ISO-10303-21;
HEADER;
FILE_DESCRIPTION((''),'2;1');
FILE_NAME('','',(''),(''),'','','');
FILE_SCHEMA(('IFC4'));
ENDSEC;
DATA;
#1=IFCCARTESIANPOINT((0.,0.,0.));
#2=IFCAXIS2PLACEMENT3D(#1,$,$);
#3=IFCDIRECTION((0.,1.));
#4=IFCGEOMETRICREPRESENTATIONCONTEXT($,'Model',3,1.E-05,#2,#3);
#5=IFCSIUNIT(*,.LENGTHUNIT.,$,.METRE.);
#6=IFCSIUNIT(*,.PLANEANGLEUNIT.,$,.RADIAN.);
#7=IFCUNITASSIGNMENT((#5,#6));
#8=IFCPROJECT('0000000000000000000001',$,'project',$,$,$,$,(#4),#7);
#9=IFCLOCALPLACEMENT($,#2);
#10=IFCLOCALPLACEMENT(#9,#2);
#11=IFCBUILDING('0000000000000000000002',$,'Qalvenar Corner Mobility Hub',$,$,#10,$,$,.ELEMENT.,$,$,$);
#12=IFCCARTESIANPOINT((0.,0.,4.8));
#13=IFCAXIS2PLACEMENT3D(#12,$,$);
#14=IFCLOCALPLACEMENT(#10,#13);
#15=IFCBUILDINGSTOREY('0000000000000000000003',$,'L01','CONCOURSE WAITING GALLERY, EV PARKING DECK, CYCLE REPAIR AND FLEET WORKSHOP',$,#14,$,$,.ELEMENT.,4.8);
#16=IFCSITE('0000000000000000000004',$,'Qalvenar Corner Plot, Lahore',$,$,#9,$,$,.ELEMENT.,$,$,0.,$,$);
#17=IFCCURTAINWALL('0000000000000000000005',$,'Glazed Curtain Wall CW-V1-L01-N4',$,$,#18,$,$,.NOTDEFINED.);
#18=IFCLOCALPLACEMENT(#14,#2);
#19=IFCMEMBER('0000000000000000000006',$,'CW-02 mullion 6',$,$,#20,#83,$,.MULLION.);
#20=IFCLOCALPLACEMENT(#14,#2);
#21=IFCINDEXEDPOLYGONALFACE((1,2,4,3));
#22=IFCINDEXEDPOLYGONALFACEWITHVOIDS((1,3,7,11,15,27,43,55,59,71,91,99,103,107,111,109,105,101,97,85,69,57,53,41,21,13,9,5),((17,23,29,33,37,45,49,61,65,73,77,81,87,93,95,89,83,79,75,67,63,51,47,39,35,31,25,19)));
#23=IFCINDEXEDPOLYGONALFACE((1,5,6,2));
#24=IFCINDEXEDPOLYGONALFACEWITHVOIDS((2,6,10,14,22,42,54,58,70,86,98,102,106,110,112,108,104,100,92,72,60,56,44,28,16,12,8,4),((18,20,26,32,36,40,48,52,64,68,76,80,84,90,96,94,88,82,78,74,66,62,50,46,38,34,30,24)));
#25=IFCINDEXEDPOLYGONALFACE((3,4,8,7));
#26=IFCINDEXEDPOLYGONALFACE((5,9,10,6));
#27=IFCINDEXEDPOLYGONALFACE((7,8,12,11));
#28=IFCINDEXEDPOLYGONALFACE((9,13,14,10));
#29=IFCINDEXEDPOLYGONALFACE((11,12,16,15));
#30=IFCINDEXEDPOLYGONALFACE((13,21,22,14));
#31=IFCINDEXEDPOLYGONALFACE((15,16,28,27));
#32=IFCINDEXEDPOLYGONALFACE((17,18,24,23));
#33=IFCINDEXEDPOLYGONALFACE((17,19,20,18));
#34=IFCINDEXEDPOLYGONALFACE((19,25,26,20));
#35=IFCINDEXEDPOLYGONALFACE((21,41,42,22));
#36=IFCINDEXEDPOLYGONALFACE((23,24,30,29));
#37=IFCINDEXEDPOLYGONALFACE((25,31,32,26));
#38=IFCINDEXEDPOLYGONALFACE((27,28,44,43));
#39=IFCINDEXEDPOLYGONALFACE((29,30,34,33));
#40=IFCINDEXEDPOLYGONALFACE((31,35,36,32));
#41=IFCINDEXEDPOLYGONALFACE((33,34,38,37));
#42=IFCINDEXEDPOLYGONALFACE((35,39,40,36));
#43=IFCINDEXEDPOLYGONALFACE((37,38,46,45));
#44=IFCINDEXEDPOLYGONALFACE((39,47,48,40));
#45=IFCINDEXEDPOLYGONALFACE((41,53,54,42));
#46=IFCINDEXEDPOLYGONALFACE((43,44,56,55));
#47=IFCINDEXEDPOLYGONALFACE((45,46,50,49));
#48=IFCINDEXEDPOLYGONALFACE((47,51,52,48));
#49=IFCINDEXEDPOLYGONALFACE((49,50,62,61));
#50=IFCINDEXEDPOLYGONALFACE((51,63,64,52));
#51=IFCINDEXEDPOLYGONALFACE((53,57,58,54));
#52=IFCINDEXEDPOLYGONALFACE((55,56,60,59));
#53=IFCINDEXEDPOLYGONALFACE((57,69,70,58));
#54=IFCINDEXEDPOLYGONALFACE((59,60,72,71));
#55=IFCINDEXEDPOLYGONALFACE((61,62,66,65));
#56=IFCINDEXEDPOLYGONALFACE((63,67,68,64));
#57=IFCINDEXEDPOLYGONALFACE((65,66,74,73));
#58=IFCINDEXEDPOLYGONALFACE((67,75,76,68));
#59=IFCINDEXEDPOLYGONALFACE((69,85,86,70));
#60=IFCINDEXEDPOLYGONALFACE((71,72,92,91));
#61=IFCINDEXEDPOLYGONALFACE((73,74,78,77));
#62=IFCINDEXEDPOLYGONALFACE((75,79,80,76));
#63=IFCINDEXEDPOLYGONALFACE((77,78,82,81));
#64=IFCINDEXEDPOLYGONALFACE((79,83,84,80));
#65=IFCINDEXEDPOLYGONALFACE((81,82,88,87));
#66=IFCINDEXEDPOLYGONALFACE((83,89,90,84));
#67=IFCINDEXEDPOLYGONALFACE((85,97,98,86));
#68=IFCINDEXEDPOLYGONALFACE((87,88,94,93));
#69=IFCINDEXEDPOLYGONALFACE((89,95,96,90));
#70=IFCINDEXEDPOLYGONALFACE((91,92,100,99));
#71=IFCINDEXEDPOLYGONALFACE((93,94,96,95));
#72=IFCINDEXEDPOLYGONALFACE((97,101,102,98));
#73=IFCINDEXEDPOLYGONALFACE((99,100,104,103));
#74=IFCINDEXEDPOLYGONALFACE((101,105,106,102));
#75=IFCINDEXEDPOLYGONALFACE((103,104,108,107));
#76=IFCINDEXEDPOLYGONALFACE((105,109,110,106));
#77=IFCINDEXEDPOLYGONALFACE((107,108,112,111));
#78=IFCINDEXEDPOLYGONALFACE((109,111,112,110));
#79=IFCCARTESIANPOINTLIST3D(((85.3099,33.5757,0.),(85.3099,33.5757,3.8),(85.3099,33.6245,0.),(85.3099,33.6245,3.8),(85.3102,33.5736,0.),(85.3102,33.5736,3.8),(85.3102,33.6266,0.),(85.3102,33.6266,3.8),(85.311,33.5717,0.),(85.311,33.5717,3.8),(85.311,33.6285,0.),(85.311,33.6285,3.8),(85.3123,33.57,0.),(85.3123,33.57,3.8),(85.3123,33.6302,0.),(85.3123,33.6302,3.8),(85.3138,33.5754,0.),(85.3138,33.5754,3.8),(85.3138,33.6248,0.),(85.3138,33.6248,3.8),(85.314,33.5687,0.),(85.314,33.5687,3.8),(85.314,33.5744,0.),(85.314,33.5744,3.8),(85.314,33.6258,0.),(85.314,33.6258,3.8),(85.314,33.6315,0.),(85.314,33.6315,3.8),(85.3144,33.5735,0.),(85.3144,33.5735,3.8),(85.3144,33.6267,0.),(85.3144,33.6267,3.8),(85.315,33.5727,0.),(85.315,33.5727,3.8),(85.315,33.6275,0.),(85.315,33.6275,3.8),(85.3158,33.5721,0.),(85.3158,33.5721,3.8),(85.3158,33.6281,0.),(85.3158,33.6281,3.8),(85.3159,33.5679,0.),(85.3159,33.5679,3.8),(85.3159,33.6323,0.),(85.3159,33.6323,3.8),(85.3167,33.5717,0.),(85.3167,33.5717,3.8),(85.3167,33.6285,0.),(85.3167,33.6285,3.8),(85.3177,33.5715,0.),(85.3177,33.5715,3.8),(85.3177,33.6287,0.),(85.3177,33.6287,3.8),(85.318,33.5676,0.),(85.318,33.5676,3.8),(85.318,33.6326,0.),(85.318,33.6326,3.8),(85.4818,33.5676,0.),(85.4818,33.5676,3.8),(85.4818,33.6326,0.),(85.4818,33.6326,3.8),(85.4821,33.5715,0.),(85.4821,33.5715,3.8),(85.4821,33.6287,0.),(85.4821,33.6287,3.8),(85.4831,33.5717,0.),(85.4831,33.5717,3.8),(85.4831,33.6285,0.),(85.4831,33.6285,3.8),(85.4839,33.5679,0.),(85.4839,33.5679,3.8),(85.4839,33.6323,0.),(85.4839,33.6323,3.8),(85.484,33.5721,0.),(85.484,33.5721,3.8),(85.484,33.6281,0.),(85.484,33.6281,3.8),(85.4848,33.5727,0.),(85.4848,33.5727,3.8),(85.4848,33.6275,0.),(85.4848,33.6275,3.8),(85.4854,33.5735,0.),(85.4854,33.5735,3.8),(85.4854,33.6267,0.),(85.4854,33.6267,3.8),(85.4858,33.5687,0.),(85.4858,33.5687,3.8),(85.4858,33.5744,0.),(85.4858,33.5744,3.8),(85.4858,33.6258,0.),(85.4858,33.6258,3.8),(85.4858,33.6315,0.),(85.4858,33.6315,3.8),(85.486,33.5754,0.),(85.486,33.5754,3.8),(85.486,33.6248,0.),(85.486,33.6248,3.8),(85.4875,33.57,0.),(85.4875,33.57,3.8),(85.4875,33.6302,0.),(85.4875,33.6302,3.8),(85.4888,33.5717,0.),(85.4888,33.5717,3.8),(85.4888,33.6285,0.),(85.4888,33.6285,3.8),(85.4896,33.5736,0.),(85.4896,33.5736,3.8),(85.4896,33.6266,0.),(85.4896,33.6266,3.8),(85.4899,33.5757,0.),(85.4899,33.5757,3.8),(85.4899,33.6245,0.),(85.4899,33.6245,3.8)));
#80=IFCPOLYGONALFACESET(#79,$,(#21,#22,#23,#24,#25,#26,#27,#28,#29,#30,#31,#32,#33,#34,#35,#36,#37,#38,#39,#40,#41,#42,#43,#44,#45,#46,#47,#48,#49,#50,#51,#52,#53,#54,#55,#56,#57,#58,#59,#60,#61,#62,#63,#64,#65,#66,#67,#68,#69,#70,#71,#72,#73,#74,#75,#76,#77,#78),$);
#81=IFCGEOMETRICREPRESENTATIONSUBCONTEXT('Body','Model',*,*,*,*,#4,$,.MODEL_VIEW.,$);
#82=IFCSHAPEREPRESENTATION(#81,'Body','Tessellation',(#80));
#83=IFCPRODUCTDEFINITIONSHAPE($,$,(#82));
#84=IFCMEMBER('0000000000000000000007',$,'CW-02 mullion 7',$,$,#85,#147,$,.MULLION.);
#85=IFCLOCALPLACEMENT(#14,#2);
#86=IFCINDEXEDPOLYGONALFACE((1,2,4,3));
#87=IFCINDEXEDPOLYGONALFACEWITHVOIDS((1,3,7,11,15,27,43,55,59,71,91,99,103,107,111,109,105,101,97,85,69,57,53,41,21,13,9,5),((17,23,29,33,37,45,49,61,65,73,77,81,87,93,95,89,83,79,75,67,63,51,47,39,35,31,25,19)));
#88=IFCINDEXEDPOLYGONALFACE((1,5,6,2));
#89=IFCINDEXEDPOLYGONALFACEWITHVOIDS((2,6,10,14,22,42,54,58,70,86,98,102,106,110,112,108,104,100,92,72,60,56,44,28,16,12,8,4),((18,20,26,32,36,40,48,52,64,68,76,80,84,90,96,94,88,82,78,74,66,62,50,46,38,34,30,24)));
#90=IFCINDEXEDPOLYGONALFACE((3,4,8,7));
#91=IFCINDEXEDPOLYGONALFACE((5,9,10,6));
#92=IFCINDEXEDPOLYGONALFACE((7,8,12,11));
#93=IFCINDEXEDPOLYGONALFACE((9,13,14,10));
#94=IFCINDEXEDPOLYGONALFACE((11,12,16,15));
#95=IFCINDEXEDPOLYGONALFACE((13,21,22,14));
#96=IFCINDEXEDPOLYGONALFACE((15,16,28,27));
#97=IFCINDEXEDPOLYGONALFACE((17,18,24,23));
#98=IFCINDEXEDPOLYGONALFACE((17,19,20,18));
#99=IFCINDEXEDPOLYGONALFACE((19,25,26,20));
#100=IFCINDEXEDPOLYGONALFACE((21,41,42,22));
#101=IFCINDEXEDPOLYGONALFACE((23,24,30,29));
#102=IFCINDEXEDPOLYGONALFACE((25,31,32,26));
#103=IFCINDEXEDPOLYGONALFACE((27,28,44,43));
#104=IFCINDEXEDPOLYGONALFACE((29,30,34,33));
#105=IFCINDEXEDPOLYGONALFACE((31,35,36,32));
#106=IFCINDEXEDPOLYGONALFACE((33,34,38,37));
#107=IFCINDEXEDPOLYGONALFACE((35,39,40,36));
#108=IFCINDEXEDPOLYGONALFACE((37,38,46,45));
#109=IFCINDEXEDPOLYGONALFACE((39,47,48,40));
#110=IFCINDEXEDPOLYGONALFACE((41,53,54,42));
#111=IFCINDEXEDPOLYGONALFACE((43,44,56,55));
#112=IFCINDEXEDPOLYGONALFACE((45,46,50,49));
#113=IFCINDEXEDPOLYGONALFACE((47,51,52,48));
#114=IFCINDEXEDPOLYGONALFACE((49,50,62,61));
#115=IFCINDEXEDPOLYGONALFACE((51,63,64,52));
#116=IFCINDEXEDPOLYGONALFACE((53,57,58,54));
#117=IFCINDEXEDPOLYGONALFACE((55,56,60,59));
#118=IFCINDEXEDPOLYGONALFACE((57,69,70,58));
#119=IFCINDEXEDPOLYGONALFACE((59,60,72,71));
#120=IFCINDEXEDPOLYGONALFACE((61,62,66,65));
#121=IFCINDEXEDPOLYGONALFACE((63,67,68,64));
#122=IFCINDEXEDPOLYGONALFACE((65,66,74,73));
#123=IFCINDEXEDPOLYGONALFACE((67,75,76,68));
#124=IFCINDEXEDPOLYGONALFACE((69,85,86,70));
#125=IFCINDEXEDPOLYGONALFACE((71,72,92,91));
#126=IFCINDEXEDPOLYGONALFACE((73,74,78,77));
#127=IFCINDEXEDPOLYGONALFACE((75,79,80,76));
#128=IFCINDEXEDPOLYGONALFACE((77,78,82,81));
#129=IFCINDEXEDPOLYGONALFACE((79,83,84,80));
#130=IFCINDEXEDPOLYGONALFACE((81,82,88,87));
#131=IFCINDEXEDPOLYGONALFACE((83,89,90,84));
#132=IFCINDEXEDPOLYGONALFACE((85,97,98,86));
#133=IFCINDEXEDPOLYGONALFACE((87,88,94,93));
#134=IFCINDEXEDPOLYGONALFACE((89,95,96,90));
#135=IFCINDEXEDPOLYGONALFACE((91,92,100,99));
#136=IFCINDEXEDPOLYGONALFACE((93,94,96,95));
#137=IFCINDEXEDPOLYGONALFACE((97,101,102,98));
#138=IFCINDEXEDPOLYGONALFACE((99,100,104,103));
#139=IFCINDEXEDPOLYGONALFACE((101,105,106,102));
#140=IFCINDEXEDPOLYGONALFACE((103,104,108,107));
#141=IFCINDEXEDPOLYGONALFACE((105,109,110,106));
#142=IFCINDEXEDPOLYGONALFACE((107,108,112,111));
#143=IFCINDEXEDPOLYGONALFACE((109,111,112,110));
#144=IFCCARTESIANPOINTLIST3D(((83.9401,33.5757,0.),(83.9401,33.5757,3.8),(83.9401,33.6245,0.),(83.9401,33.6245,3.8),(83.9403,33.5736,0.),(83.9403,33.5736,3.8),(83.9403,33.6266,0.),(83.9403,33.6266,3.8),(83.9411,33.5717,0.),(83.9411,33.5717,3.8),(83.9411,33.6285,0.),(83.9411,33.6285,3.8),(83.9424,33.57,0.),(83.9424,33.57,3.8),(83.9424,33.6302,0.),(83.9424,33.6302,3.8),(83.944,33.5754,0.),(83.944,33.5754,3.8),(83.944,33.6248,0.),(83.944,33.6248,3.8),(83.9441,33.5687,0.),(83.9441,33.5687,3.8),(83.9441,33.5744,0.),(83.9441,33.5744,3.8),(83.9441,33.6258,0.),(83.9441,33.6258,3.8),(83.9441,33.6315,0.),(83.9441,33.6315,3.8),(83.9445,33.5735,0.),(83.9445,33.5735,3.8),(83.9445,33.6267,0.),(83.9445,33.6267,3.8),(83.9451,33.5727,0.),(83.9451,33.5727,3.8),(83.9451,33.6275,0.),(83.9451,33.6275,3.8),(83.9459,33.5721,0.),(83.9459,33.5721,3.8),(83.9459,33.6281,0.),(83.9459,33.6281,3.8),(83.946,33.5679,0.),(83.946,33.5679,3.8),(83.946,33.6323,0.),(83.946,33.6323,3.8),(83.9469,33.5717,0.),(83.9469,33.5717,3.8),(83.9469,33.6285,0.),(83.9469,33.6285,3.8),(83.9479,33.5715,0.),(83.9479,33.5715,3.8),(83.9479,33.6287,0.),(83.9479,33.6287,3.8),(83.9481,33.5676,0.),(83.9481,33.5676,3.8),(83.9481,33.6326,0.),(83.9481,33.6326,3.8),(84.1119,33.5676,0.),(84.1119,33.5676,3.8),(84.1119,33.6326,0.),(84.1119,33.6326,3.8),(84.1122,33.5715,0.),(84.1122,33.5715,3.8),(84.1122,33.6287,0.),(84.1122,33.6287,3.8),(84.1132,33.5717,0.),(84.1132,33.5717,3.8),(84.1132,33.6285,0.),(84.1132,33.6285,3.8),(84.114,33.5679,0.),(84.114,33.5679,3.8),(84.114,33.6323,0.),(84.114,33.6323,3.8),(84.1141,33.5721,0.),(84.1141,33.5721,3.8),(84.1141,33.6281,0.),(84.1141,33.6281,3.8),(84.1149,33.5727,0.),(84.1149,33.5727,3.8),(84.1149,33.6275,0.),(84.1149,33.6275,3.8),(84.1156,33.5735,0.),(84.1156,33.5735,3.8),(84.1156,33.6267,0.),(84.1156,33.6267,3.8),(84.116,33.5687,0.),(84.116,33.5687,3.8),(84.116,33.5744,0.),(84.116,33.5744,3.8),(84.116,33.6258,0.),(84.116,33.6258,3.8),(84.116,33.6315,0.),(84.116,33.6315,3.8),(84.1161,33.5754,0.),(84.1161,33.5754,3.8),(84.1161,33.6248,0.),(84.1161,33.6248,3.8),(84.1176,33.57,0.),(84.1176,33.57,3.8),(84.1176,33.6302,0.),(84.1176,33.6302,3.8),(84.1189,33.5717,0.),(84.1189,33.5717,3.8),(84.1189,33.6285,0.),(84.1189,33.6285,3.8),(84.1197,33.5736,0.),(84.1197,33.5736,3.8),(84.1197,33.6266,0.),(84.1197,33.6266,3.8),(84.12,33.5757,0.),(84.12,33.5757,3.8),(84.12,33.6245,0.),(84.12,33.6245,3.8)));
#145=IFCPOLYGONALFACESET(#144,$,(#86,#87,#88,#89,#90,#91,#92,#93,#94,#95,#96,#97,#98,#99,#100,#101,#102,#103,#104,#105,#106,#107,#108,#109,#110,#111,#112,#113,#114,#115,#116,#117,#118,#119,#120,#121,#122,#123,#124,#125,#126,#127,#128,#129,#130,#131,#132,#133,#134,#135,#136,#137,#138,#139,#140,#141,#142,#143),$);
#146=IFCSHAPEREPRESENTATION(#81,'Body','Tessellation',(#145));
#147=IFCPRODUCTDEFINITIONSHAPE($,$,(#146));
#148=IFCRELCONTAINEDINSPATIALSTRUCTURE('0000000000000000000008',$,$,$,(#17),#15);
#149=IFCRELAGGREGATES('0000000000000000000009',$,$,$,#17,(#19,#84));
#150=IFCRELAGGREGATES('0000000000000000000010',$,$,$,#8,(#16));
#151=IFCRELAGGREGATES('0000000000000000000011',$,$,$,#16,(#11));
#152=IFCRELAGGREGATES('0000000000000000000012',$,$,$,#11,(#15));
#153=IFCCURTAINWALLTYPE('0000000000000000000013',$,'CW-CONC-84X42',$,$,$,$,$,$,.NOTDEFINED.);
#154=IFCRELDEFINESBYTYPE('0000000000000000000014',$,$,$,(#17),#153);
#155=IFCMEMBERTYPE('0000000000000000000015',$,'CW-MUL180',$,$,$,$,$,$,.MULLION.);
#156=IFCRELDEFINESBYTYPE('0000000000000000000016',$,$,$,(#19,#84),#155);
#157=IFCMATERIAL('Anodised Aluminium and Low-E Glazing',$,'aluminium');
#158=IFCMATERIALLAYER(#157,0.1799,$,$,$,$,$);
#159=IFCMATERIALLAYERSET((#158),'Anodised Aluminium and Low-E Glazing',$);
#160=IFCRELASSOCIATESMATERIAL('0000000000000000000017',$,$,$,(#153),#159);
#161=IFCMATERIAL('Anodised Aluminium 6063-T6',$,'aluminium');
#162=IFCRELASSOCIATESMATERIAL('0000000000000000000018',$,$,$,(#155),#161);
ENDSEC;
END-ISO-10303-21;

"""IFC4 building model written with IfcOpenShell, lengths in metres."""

from ifc_helpers import new_model, si_unit, direction, frame, origin, origin_2d, place, context, subcontext, project, spatial, hollow_rectangle, extrude, material, layer, layer_set, material_profile, profile_set, type_object, element, aggregate, save


model = new_model("IFC4")

# Units and contexts
model_context = context("Model", 3, precision=1e-05, world=origin(), true_north=direction((0.0, 1.0)))
body_context = subcontext(model_context, "Body", "Model", "MODEL_VIEW")
ifc_project = project(units=[si_unit("LENGTHUNIT", "METRE"), si_unit("PLANEANGLEUNIT", "RADIAN")], contexts=[model_context])

# Site, building, storey
site_placement = place(None, origin())
site = spatial("IfcSite", under=ifc_project, at=site_placement, Name="Qalvenar Corner Plot, Lahore", CompositionType="ELEMENT", RefElevation=0.0)
building_placement = place(site_placement, origin())
building = spatial("IfcBuilding", under=site, at=building_placement, Name="Qalvenar Corner Mobility Hub", CompositionType="ELEMENT")
storey_placement = place(building_placement, frame((0.0, 0.0, 4.8)))
storey = spatial("IfcBuildingStorey", under=building, at=storey_placement, Name="L01", Description="CONCOURSE WAITING GALLERY, EV PARKING DECK, CYCLE REPAIR AND FLEET WORKSHOP", CompositionType="ELEMENT", Elevation=4.8)

# Curtain wall, members
ifc_material_1 = material(Name="Anodised Aluminium and Low-E Glazing", Category="aluminium")
ifc_layer_1 = layer(ifc_material_1, 0.1799)
ifc_layer_set_1 = layer_set([ifc_layer_1], Name="Anodised Aluminium and Low-E Glazing")
curtain_wall_type = type_object("IfcCurtainWallType", Name="CW-CONC-84X42", PredefinedType="NOTDEFINED", material=ifc_layer_set_1)
ifc_material_2 = material(Name="Anodised Aluminium 6063-T6", Category="aluminium")
ifc_material_profile_1 = material_profile(ifc_material_2, hollow_rectangle(XDim=0.0649, YDim=0.1799, WallThickness=0.0039, InnerFilletRadius=0.0039, OuterFilletRadius=0.0081, at=origin_2d()), Name="RHS180x65x4")
ifc_profile_set_1 = profile_set([ifc_material_profile_1], Name="Anodised Aluminium 6063-T6")
member_type_1 = type_object("IfcMemberType", Name="CW-MUL180", PredefinedType="MULLION", material=ifc_profile_set_1)
curtain_wall_1_placement = place(storey_placement, origin())
curtain_wall_1 = element("IfcCurtainWall", 1, at=curtain_wall_1_placement, inside=storey, type_object=curtain_wall_type, Name="Glazed Curtain Wall CW-V1-L01-N4", PredefinedType="NOTDEFINED")
member_1_placement = place(storey_placement, frame((85.3999, 33.6001, 0.0), z_axis=(0.0, 0.0, 1.0), x_axis=(0.0, -1.0, 0.0)))
member_1 = element("IfcMember", 2, at=member_1_placement, type_object=member_type_1, Name="CW-02 mullion 6", PredefinedType="MULLION", context=body_context, shape_type="SweptSolid", body=[
    extrude(hollow_rectangle(XDim=0.0649, YDim=0.1799, WallThickness=0.0039, InnerFilletRadius=0.0039, OuterFilletRadius=0.0081, at=origin_2d()), origin(), (0.0, 0.0, 1.0), 3.8),
])
member_2_placement = place(storey_placement, frame((84.03, 33.6001, 0.0), z_axis=(0.0, 0.0, 1.0), x_axis=(0.0, -1.0, 0.0)))
member_2 = element("IfcMember", 3, at=member_2_placement, type_object=member_type_1, Name="CW-02 mullion 7", PredefinedType="MULLION", context=body_context, shape_type="SweptSolid", body=[
    extrude(hollow_rectangle(XDim=0.0649, YDim=0.1799, WallThickness=0.0039, InnerFilletRadius=0.0039, OuterFilletRadius=0.0081, at=origin_2d()), origin(), (0.0, 0.0, 1.0), 3.8),
])

aggregate(curtain_wall_1, [member_1, member_2])

save(model, "model.ifc")
